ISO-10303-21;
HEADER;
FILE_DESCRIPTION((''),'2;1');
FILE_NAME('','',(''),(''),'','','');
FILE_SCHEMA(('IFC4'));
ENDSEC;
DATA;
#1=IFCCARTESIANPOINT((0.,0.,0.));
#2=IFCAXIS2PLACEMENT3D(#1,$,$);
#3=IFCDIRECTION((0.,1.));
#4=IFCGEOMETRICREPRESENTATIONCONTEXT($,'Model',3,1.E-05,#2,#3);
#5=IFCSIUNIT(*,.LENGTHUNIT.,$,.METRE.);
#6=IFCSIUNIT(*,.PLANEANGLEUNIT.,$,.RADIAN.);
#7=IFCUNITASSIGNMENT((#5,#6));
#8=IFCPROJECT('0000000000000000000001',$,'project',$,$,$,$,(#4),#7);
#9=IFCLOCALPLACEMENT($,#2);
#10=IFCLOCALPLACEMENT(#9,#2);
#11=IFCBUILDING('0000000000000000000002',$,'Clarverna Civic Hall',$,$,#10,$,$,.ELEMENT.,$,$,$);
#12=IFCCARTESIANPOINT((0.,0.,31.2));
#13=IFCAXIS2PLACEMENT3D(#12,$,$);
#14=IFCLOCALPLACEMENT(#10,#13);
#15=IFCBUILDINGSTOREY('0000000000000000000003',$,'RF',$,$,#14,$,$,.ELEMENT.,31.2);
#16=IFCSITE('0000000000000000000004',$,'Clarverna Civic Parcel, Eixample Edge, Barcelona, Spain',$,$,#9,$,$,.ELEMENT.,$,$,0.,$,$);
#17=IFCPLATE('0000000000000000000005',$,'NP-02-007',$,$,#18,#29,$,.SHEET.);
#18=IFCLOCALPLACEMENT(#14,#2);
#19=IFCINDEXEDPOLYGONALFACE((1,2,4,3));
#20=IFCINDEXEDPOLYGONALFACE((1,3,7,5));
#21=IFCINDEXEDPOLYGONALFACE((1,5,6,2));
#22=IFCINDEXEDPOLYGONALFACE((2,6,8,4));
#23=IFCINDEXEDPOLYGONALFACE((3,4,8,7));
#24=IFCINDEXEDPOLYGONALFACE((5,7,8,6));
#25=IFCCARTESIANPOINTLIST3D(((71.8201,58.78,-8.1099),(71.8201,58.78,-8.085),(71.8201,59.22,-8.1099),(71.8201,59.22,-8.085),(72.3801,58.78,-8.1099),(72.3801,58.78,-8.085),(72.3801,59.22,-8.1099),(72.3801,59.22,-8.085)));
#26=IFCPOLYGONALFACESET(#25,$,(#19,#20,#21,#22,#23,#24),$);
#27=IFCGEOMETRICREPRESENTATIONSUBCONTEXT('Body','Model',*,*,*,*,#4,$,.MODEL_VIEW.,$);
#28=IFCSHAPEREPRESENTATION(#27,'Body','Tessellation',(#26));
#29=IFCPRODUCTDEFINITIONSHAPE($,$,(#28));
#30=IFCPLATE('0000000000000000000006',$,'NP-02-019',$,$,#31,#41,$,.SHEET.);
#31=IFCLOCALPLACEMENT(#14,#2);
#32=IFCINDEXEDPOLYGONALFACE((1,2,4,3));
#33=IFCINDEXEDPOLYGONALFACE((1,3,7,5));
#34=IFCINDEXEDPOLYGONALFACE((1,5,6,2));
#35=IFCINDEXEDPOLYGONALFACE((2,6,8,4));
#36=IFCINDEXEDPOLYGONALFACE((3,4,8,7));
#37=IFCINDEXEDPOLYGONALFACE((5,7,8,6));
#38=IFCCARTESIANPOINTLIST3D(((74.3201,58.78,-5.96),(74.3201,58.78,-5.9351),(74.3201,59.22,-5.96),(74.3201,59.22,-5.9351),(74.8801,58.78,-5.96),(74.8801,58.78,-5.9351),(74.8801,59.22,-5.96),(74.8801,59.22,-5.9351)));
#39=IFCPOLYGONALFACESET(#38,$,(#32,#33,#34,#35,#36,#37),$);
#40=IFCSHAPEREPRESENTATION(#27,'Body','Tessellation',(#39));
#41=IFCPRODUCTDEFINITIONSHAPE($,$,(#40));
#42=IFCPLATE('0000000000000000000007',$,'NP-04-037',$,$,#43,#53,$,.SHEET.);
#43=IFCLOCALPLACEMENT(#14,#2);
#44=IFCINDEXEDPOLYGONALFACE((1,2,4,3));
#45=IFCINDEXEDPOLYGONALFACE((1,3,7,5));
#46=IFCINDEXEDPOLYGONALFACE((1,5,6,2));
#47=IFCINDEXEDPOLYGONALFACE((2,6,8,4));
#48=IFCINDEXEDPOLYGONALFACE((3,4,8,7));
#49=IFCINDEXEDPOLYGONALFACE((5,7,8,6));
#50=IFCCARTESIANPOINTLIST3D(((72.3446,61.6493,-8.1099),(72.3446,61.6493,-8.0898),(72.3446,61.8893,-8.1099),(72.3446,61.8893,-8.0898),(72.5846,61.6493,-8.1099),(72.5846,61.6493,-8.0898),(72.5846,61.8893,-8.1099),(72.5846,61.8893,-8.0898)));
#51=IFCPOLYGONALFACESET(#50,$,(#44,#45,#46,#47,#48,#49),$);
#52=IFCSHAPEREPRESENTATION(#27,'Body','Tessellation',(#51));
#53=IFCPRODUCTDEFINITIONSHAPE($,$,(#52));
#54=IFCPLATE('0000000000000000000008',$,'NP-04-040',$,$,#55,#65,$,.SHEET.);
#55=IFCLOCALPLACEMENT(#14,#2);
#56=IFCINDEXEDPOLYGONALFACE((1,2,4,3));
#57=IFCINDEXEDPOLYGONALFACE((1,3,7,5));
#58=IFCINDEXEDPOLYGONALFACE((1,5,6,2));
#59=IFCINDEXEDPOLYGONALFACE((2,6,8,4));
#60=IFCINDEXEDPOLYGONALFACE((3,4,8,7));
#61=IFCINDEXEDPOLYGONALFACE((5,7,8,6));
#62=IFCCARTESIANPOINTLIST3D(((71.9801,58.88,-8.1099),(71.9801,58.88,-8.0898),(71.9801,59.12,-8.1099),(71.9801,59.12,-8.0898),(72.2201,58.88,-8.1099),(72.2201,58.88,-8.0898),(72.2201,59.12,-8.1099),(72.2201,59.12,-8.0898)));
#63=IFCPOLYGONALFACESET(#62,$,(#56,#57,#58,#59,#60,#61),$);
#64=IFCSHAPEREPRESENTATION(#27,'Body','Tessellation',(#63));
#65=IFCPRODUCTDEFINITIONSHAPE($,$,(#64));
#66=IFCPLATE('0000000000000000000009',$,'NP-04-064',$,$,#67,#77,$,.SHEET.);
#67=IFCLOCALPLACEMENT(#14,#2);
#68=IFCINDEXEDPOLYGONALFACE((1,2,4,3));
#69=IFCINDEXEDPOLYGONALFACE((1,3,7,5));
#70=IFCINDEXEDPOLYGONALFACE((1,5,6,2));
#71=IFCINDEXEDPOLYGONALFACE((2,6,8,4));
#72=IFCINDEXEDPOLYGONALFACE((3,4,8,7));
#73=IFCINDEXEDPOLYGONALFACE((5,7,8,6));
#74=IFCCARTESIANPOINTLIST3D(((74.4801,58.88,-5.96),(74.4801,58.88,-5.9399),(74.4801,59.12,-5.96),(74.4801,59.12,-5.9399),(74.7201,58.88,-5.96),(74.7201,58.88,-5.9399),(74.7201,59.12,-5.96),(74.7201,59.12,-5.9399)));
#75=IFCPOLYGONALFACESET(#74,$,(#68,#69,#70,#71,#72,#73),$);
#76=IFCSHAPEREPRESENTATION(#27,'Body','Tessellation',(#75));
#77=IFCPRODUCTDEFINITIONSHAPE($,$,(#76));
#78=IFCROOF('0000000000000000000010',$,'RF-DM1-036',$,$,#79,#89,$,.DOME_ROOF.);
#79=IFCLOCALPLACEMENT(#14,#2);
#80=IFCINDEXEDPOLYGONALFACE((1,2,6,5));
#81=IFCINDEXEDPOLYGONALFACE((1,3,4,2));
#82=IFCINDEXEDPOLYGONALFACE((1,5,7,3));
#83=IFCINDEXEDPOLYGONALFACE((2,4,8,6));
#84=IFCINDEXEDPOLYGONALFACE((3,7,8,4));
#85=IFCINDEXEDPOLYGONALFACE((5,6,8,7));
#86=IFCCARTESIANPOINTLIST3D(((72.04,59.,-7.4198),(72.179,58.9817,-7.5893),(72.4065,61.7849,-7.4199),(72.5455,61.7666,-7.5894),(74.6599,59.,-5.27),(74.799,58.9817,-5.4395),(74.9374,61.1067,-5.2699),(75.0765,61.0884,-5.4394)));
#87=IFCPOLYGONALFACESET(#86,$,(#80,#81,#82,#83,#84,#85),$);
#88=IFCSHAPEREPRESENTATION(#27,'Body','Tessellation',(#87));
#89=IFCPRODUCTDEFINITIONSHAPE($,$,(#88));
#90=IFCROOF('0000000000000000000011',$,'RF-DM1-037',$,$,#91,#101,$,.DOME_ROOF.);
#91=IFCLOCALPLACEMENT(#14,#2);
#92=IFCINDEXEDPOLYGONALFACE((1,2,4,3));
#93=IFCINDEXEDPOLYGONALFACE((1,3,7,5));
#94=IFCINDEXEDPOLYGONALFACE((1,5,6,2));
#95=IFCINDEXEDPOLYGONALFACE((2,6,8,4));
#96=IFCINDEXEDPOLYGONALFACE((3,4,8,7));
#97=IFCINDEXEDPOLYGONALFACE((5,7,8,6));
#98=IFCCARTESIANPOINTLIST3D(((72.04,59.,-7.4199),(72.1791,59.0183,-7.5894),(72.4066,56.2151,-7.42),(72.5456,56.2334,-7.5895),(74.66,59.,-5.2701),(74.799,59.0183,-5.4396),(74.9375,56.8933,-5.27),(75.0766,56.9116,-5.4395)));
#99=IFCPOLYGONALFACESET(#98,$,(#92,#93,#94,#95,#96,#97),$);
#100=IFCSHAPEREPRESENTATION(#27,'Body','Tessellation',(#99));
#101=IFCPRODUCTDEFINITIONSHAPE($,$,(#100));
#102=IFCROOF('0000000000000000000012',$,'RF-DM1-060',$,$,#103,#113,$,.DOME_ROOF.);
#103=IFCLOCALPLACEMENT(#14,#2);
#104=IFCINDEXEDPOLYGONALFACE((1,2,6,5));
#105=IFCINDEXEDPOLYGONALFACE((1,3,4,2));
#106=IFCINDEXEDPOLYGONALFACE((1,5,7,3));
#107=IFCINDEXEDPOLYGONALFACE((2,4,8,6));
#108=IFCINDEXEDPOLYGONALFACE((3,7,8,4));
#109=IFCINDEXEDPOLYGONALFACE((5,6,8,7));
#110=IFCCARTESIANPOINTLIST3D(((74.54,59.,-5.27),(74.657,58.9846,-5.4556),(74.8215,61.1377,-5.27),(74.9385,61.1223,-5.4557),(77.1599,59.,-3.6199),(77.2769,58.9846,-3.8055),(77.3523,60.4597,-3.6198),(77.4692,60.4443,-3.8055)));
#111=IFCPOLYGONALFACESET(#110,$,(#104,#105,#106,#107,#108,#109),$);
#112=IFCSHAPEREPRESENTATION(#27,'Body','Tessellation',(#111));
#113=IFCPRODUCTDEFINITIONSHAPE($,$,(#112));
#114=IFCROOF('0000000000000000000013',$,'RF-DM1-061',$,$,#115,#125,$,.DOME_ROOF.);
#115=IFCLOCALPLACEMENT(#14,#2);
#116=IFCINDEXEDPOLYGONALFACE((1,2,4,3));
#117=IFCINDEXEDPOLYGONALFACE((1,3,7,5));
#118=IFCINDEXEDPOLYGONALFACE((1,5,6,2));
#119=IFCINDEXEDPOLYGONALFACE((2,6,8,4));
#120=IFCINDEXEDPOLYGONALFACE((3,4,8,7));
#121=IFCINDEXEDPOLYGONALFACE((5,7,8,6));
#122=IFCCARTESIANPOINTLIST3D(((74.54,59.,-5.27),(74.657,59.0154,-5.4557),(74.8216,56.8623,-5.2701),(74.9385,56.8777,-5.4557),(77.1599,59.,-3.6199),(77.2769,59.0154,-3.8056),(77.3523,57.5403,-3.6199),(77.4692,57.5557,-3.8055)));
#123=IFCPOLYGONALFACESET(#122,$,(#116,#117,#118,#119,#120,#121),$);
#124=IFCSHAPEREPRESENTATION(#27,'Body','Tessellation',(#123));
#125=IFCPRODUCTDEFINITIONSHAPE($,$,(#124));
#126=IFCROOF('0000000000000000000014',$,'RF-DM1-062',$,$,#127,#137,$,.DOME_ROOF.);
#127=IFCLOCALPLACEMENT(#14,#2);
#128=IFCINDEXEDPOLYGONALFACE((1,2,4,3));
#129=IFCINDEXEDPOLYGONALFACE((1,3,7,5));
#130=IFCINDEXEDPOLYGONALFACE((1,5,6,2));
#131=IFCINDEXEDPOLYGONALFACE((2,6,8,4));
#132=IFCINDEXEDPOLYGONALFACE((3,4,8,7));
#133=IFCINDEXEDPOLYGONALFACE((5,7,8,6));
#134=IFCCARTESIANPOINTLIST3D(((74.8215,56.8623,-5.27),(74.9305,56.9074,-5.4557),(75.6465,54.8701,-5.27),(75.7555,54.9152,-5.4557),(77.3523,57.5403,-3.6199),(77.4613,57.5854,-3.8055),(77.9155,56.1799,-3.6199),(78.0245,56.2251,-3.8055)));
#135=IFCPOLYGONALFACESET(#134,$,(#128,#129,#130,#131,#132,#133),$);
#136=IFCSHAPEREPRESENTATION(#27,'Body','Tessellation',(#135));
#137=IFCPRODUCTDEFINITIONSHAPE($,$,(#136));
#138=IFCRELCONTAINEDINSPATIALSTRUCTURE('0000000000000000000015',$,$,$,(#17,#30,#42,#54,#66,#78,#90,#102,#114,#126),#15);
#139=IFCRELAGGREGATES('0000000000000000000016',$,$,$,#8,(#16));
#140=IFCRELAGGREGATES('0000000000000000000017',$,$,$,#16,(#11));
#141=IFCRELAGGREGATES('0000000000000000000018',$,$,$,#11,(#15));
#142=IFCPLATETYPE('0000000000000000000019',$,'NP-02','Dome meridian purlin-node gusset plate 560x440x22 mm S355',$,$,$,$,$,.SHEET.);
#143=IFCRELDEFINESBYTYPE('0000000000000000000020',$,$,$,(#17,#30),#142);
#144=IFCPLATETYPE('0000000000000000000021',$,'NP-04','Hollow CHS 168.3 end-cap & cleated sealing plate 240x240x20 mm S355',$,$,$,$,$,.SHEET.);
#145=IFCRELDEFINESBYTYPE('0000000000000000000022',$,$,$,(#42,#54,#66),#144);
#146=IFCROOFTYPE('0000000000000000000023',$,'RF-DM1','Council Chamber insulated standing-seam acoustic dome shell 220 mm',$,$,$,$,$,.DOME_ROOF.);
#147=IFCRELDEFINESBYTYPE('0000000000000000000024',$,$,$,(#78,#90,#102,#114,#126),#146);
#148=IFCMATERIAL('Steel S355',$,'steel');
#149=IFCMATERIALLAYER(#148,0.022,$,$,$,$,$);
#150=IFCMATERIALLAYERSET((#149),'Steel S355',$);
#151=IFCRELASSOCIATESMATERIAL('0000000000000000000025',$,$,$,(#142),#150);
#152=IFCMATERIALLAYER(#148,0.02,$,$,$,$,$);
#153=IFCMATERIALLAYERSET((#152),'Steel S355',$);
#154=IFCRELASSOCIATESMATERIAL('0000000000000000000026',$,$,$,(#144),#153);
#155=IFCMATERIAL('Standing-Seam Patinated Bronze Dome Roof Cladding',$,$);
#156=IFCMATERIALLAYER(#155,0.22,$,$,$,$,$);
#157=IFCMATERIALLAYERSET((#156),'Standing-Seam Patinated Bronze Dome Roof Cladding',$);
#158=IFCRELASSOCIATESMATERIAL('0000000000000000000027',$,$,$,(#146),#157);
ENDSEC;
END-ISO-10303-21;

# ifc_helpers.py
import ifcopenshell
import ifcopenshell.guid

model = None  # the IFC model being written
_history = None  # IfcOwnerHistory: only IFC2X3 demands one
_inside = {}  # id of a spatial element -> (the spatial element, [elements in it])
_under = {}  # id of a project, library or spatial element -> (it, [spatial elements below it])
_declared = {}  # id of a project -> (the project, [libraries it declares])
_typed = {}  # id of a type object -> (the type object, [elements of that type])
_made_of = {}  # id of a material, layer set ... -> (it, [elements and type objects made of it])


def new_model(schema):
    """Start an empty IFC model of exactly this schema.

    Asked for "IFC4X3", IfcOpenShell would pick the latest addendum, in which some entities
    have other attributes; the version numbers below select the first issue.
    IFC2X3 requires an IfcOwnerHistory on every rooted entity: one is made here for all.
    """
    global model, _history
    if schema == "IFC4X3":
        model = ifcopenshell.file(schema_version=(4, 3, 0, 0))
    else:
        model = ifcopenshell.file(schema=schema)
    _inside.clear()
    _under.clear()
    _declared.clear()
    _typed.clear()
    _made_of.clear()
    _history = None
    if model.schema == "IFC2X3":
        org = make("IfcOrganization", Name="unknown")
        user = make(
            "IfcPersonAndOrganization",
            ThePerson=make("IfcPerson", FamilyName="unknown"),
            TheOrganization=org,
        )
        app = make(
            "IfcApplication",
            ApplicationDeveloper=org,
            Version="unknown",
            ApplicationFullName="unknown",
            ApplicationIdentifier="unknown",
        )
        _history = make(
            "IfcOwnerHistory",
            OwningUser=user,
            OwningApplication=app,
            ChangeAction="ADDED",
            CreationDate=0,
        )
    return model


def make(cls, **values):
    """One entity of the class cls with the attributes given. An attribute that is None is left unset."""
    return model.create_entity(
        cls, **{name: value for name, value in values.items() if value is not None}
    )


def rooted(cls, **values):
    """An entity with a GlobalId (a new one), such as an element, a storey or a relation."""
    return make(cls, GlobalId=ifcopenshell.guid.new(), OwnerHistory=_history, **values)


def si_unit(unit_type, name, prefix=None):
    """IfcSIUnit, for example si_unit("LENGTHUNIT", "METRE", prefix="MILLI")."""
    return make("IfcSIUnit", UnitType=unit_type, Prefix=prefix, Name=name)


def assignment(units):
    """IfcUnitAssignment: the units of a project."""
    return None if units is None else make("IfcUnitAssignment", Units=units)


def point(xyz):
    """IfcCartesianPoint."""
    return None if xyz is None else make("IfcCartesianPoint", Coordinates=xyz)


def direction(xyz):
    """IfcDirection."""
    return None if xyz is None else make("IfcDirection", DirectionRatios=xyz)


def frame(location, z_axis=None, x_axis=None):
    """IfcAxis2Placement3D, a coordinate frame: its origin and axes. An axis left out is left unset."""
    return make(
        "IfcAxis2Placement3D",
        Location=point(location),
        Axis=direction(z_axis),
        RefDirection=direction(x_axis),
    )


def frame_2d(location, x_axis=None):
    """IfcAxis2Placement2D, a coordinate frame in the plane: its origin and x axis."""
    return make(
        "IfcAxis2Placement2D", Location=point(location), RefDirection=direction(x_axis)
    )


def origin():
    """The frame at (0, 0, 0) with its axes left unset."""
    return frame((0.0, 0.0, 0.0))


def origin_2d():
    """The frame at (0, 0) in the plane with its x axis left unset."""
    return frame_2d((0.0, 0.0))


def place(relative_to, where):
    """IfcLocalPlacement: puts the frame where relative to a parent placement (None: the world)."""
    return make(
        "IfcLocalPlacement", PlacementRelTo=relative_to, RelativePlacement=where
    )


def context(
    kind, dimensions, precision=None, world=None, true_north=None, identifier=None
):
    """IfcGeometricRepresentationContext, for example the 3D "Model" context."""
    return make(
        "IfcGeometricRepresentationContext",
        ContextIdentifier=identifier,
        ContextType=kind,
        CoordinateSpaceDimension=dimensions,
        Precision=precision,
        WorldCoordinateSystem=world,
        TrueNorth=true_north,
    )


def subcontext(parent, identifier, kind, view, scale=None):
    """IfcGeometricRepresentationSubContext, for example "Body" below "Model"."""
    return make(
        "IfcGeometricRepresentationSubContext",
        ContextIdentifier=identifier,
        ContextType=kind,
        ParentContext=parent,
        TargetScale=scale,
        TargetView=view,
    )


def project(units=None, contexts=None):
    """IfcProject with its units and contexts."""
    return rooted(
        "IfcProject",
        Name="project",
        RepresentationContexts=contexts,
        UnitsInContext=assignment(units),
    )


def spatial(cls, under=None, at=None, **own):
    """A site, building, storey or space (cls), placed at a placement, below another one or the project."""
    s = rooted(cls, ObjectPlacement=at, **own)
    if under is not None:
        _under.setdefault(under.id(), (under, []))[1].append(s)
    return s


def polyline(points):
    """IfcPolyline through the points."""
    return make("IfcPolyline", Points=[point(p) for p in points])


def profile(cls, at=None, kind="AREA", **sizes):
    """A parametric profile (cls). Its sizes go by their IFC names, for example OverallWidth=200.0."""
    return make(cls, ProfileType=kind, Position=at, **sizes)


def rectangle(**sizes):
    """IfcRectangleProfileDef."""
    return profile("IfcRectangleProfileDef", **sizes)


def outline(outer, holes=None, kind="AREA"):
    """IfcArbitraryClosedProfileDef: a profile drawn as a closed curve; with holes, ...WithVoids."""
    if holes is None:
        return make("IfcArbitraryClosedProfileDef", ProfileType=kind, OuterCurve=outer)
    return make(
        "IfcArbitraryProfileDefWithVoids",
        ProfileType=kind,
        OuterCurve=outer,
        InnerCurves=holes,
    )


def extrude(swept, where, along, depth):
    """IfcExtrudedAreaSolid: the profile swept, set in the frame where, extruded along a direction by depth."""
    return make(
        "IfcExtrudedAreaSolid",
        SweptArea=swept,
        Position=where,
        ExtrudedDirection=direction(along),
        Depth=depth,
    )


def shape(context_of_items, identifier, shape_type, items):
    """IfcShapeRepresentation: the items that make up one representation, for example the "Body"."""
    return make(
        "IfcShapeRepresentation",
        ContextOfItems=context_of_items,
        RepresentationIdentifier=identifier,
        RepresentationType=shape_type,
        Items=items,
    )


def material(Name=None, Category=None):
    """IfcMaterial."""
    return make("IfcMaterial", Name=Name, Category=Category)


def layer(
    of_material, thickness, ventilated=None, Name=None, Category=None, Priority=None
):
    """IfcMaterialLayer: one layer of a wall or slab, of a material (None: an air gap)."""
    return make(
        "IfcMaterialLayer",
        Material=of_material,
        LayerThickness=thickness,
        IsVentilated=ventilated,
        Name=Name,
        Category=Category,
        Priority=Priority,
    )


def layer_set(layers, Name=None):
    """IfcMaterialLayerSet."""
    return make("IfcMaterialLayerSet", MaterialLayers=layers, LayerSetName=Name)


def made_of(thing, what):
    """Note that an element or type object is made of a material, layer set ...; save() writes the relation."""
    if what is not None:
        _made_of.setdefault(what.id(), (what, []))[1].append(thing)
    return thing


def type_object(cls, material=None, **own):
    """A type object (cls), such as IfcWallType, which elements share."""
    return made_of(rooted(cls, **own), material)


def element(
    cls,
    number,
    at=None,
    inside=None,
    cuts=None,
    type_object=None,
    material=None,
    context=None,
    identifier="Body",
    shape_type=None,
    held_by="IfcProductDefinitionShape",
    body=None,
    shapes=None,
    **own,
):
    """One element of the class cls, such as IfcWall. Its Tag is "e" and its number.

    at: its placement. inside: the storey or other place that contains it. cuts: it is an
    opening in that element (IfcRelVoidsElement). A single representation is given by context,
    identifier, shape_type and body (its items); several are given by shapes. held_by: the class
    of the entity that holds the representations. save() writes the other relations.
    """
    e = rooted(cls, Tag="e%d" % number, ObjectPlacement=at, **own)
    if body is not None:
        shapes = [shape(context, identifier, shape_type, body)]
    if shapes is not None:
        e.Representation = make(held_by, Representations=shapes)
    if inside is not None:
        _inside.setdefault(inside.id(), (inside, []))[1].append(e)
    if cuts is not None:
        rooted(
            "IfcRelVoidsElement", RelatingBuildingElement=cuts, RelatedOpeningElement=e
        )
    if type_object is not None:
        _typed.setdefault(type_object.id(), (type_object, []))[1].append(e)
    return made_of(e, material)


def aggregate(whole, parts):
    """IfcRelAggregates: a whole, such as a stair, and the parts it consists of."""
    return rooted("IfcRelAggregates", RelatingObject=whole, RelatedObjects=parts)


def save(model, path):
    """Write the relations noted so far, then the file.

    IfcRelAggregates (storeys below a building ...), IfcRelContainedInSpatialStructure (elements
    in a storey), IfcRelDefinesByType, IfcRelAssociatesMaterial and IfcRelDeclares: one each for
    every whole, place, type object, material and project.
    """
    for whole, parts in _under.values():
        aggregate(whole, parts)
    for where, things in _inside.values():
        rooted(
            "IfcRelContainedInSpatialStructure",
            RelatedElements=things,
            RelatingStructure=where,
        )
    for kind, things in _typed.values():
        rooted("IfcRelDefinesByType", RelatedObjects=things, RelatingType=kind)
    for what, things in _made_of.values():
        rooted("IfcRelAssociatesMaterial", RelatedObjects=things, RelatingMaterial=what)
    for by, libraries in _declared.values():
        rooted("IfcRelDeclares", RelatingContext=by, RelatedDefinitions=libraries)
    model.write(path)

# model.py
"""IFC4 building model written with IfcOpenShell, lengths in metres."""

from ifc_helpers import new_model, si_unit, direction, frame, origin, origin_2d, place, context, subcontext, project, spatial, polyline, rectangle, outline, extrude, material, layer, layer_set, type_object, element, save


model = new_model("IFC4")

# Units and contexts
model_context = context("Model", 3, precision=1e-05, world=origin(), true_north=direction((0.0, 1.0)))
body_context = subcontext(model_context, "Body", "Model", "MODEL_VIEW")
ifc_project = project(units=[si_unit("LENGTHUNIT", "METRE"), si_unit("PLANEANGLEUNIT", "RADIAN")], contexts=[model_context])

# Site, building, storey
site_placement = place(None, origin())
site = spatial("IfcSite", under=ifc_project, at=site_placement, Name="Clarverna Civic Parcel, Eixample Edge, Barcelona, Spain", CompositionType="ELEMENT", RefElevation=0.0)
building_placement = place(site_placement, origin())
building = spatial("IfcBuilding", under=site, at=building_placement, Name="Clarverna Civic Hall", CompositionType="ELEMENT")
storey_placement = place(building_placement, frame((0.0, 0.0, 31.2)))
storey = spatial("IfcBuildingStorey", under=building, at=storey_placement, Name="RF", CompositionType="ELEMENT", Elevation=31.2)

# Shared definitions
ifc_material_1 = material(Name="Steel S355", Category="steel")

# Plates
ifc_layer_1 = layer(ifc_material_1, 0.022)
ifc_layer_set_1 = layer_set([ifc_layer_1], Name="Steel S355")
plate_type_1 = type_object("IfcPlateType", Name="NP-02", Description="Dome meridian purlin-node gusset plate 560x440x22 mm S355", PredefinedType="SHEET", material=ifc_layer_set_1)
for number, where, z_axis, x_axis, name in (
    (1, (72.1001, 59.0, -8.1099), (0.0, 0.0, 1.0), (1.0, 0.0, 0.0), "NP-02-007"),
    (2, (74.6001, 59.0, -5.96), (0.0, 0.0, 1.0), (1.0, 0.0, 0.0), "NP-02-019"),
):
    element("IfcPlate", number, at=place(storey_placement, frame(where, z_axis=z_axis, x_axis=x_axis)), inside=storey, type_object=plate_type_1, Name=name, PredefinedType="SHEET", context=body_context, shape_type="SweptSolid", body=[
        extrude(rectangle(XDim=0.5601, YDim=0.4399, at=origin_2d()), origin(), (0.0, 0.0, 1.0), 0.0249),
    ])
ifc_layer_2 = layer(ifc_material_1, 0.02)
ifc_layer_set_2 = layer_set([ifc_layer_2], Name="Steel S355")
plate_type_2 = type_object("IfcPlateType", Name="NP-04", Description="Hollow CHS 168.3 end-cap & cleated sealing plate 240x240x20 mm S355", PredefinedType="SHEET", material=ifc_layer_set_2)
for number, where, z_axis, x_axis, name in (
    (3, (72.4646, 61.7693, -8.1099), (0.0, 0.0, 1.0), (1.0, 0.0, 0.0), "NP-04-037"),
    (4, (72.1001, 59.0, -8.1099), (0.0, 0.0, 1.0), (1.0, 0.0, 0.0), "NP-04-040"),
    (5, (74.6001, 59.0, -5.96), (0.0, 0.0, 1.0), (1.0, 0.0, 0.0), "NP-04-064"),
):
    element("IfcPlate", number, at=place(storey_placement, frame(where, z_axis=z_axis, x_axis=x_axis)), inside=storey, type_object=plate_type_2, Name=name, PredefinedType="SHEET", context=body_context, shape_type="SweptSolid", body=[
        extrude(rectangle(XDim=0.24, YDim=0.24, at=origin_2d()), origin(), (0.0, 0.0, 1.0), 0.02),
    ])

# Roofs
ifc_material_2 = material(Name="Standing-Seam Patinated Bronze Dome Roof Cladding")
ifc_layer_3 = layer(ifc_material_2, 0.22)
ifc_layer_set_3 = layer_set([ifc_layer_3], Name="Standing-Seam Patinated Bronze Dome Roof Cladding")
roof_type = type_object("IfcRoofType", Name="RF-DM1", Description="Council Chamber insulated standing-seam acoustic dome shell 220 mm", PredefinedType="DOME_ROOF", material=ifc_layer_set_3)
roof_1_placement = place(storey_placement, frame((72.4065, 61.7849, -7.4199), z_axis=(-0.632131, 0.083228, 0.770379), x_axis=(-0.130492, -0.991449, 0.000037)))
element("IfcRoof", 6, at=roof_1_placement, inside=storey, type_object=roof_type, Name="RF-DM1-036", PredefinedType="DOME_ROOF", context=body_context, shape_type="SweptSolid", body=[
    extrude(outline(polyline([(0.0, 0.0), (2.8089, 0.0), (2.4671, 3.3718), (0.3422, 3.3721), (0.0, 0.0)])), origin(), (0.0, 0.0, -1.0), 0.22),
])
roof_2_placement = place(storey_placement, frame((72.04, 59.0, -7.4199), z_axis=(-0.632131, -0.083228, 0.770379), x_axis=(0.130492, -0.991449, -0.000037)))
element("IfcRoof", 7, at=roof_2_placement, inside=storey, type_object=roof_type, Name="RF-DM1-037", PredefinedType="DOME_ROOF", context=body_context, shape_type="SweptSolid", body=[
    extrude(outline(polyline([(0.0, 0.0), (2.8089, 0.0), (2.4667, 3.3721), (0.3418, 3.3718), (0.0, 0.0)])), origin(), (0.0, 0.0, -1.0), 0.22),
])
roof_3_placement = place(storey_placement, frame((74.8215, 61.1377, -5.27), z_axis=(-0.531629, 0.07003, 0.844078), x_axis=(-0.130567, -0.991439, 0.00002)))
element("IfcRoof", 8, at=roof_3_placement, inside=storey, type_object=roof_type, Name="RF-DM1-060", PredefinedType="DOME_ROOF", context=body_context, shape_type="SweptSolid", body=[
    extrude(outline(polyline([(0.0, 0.0), (2.1561, 0.0), (1.8141, 3.0773), (0.3418, 3.0774), (0.0, 0.0)])), origin(), (0.0, 0.0, -1.0), 0.22),
])
roof_4_placement = place(storey_placement, frame((74.54, 59.0, -5.27), z_axis=(-0.531629, -0.07003, 0.844078), x_axis=(0.130567, -0.991439, -0.00002)))
element("IfcRoof", 9, at=roof_4_placement, inside=storey, type_object=roof_type, Name="RF-DM1-061", PredefinedType="DOME_ROOF", context=body_context, shape_type="SweptSolid", body=[
    extrude(outline(polyline([(0.0, 0.0), (2.1561, 0.0), (1.8144, 3.0774), (0.342, 3.0773), (0.0, 0.0)])), origin(), (0.0, 0.0, -1.0), 0.22),
])
roof_5_placement = place(storey_placement, frame((74.8215, 56.8623, -5.27), z_axis=(-0.495424, -0.20514, 0.844081), x_axis=(0.382583, -0.923921, 0.000009)))
element("IfcRoof", 10, at=roof_5_placement, inside=storey, type_object=roof_type, Name="RF-DM1-062", PredefinedType="DOME_ROOF", context=body_context, shape_type="SweptSolid", body=[
    extrude(outline(polyline([(0.0, 0.0), (2.1562, 0.0), (1.8142, 3.0774), (0.3418, 3.0774), (0.0, 0.0)])), origin(), (0.0, 0.0, -1.0), 0.22),
])

save(model, "model.ifc")
